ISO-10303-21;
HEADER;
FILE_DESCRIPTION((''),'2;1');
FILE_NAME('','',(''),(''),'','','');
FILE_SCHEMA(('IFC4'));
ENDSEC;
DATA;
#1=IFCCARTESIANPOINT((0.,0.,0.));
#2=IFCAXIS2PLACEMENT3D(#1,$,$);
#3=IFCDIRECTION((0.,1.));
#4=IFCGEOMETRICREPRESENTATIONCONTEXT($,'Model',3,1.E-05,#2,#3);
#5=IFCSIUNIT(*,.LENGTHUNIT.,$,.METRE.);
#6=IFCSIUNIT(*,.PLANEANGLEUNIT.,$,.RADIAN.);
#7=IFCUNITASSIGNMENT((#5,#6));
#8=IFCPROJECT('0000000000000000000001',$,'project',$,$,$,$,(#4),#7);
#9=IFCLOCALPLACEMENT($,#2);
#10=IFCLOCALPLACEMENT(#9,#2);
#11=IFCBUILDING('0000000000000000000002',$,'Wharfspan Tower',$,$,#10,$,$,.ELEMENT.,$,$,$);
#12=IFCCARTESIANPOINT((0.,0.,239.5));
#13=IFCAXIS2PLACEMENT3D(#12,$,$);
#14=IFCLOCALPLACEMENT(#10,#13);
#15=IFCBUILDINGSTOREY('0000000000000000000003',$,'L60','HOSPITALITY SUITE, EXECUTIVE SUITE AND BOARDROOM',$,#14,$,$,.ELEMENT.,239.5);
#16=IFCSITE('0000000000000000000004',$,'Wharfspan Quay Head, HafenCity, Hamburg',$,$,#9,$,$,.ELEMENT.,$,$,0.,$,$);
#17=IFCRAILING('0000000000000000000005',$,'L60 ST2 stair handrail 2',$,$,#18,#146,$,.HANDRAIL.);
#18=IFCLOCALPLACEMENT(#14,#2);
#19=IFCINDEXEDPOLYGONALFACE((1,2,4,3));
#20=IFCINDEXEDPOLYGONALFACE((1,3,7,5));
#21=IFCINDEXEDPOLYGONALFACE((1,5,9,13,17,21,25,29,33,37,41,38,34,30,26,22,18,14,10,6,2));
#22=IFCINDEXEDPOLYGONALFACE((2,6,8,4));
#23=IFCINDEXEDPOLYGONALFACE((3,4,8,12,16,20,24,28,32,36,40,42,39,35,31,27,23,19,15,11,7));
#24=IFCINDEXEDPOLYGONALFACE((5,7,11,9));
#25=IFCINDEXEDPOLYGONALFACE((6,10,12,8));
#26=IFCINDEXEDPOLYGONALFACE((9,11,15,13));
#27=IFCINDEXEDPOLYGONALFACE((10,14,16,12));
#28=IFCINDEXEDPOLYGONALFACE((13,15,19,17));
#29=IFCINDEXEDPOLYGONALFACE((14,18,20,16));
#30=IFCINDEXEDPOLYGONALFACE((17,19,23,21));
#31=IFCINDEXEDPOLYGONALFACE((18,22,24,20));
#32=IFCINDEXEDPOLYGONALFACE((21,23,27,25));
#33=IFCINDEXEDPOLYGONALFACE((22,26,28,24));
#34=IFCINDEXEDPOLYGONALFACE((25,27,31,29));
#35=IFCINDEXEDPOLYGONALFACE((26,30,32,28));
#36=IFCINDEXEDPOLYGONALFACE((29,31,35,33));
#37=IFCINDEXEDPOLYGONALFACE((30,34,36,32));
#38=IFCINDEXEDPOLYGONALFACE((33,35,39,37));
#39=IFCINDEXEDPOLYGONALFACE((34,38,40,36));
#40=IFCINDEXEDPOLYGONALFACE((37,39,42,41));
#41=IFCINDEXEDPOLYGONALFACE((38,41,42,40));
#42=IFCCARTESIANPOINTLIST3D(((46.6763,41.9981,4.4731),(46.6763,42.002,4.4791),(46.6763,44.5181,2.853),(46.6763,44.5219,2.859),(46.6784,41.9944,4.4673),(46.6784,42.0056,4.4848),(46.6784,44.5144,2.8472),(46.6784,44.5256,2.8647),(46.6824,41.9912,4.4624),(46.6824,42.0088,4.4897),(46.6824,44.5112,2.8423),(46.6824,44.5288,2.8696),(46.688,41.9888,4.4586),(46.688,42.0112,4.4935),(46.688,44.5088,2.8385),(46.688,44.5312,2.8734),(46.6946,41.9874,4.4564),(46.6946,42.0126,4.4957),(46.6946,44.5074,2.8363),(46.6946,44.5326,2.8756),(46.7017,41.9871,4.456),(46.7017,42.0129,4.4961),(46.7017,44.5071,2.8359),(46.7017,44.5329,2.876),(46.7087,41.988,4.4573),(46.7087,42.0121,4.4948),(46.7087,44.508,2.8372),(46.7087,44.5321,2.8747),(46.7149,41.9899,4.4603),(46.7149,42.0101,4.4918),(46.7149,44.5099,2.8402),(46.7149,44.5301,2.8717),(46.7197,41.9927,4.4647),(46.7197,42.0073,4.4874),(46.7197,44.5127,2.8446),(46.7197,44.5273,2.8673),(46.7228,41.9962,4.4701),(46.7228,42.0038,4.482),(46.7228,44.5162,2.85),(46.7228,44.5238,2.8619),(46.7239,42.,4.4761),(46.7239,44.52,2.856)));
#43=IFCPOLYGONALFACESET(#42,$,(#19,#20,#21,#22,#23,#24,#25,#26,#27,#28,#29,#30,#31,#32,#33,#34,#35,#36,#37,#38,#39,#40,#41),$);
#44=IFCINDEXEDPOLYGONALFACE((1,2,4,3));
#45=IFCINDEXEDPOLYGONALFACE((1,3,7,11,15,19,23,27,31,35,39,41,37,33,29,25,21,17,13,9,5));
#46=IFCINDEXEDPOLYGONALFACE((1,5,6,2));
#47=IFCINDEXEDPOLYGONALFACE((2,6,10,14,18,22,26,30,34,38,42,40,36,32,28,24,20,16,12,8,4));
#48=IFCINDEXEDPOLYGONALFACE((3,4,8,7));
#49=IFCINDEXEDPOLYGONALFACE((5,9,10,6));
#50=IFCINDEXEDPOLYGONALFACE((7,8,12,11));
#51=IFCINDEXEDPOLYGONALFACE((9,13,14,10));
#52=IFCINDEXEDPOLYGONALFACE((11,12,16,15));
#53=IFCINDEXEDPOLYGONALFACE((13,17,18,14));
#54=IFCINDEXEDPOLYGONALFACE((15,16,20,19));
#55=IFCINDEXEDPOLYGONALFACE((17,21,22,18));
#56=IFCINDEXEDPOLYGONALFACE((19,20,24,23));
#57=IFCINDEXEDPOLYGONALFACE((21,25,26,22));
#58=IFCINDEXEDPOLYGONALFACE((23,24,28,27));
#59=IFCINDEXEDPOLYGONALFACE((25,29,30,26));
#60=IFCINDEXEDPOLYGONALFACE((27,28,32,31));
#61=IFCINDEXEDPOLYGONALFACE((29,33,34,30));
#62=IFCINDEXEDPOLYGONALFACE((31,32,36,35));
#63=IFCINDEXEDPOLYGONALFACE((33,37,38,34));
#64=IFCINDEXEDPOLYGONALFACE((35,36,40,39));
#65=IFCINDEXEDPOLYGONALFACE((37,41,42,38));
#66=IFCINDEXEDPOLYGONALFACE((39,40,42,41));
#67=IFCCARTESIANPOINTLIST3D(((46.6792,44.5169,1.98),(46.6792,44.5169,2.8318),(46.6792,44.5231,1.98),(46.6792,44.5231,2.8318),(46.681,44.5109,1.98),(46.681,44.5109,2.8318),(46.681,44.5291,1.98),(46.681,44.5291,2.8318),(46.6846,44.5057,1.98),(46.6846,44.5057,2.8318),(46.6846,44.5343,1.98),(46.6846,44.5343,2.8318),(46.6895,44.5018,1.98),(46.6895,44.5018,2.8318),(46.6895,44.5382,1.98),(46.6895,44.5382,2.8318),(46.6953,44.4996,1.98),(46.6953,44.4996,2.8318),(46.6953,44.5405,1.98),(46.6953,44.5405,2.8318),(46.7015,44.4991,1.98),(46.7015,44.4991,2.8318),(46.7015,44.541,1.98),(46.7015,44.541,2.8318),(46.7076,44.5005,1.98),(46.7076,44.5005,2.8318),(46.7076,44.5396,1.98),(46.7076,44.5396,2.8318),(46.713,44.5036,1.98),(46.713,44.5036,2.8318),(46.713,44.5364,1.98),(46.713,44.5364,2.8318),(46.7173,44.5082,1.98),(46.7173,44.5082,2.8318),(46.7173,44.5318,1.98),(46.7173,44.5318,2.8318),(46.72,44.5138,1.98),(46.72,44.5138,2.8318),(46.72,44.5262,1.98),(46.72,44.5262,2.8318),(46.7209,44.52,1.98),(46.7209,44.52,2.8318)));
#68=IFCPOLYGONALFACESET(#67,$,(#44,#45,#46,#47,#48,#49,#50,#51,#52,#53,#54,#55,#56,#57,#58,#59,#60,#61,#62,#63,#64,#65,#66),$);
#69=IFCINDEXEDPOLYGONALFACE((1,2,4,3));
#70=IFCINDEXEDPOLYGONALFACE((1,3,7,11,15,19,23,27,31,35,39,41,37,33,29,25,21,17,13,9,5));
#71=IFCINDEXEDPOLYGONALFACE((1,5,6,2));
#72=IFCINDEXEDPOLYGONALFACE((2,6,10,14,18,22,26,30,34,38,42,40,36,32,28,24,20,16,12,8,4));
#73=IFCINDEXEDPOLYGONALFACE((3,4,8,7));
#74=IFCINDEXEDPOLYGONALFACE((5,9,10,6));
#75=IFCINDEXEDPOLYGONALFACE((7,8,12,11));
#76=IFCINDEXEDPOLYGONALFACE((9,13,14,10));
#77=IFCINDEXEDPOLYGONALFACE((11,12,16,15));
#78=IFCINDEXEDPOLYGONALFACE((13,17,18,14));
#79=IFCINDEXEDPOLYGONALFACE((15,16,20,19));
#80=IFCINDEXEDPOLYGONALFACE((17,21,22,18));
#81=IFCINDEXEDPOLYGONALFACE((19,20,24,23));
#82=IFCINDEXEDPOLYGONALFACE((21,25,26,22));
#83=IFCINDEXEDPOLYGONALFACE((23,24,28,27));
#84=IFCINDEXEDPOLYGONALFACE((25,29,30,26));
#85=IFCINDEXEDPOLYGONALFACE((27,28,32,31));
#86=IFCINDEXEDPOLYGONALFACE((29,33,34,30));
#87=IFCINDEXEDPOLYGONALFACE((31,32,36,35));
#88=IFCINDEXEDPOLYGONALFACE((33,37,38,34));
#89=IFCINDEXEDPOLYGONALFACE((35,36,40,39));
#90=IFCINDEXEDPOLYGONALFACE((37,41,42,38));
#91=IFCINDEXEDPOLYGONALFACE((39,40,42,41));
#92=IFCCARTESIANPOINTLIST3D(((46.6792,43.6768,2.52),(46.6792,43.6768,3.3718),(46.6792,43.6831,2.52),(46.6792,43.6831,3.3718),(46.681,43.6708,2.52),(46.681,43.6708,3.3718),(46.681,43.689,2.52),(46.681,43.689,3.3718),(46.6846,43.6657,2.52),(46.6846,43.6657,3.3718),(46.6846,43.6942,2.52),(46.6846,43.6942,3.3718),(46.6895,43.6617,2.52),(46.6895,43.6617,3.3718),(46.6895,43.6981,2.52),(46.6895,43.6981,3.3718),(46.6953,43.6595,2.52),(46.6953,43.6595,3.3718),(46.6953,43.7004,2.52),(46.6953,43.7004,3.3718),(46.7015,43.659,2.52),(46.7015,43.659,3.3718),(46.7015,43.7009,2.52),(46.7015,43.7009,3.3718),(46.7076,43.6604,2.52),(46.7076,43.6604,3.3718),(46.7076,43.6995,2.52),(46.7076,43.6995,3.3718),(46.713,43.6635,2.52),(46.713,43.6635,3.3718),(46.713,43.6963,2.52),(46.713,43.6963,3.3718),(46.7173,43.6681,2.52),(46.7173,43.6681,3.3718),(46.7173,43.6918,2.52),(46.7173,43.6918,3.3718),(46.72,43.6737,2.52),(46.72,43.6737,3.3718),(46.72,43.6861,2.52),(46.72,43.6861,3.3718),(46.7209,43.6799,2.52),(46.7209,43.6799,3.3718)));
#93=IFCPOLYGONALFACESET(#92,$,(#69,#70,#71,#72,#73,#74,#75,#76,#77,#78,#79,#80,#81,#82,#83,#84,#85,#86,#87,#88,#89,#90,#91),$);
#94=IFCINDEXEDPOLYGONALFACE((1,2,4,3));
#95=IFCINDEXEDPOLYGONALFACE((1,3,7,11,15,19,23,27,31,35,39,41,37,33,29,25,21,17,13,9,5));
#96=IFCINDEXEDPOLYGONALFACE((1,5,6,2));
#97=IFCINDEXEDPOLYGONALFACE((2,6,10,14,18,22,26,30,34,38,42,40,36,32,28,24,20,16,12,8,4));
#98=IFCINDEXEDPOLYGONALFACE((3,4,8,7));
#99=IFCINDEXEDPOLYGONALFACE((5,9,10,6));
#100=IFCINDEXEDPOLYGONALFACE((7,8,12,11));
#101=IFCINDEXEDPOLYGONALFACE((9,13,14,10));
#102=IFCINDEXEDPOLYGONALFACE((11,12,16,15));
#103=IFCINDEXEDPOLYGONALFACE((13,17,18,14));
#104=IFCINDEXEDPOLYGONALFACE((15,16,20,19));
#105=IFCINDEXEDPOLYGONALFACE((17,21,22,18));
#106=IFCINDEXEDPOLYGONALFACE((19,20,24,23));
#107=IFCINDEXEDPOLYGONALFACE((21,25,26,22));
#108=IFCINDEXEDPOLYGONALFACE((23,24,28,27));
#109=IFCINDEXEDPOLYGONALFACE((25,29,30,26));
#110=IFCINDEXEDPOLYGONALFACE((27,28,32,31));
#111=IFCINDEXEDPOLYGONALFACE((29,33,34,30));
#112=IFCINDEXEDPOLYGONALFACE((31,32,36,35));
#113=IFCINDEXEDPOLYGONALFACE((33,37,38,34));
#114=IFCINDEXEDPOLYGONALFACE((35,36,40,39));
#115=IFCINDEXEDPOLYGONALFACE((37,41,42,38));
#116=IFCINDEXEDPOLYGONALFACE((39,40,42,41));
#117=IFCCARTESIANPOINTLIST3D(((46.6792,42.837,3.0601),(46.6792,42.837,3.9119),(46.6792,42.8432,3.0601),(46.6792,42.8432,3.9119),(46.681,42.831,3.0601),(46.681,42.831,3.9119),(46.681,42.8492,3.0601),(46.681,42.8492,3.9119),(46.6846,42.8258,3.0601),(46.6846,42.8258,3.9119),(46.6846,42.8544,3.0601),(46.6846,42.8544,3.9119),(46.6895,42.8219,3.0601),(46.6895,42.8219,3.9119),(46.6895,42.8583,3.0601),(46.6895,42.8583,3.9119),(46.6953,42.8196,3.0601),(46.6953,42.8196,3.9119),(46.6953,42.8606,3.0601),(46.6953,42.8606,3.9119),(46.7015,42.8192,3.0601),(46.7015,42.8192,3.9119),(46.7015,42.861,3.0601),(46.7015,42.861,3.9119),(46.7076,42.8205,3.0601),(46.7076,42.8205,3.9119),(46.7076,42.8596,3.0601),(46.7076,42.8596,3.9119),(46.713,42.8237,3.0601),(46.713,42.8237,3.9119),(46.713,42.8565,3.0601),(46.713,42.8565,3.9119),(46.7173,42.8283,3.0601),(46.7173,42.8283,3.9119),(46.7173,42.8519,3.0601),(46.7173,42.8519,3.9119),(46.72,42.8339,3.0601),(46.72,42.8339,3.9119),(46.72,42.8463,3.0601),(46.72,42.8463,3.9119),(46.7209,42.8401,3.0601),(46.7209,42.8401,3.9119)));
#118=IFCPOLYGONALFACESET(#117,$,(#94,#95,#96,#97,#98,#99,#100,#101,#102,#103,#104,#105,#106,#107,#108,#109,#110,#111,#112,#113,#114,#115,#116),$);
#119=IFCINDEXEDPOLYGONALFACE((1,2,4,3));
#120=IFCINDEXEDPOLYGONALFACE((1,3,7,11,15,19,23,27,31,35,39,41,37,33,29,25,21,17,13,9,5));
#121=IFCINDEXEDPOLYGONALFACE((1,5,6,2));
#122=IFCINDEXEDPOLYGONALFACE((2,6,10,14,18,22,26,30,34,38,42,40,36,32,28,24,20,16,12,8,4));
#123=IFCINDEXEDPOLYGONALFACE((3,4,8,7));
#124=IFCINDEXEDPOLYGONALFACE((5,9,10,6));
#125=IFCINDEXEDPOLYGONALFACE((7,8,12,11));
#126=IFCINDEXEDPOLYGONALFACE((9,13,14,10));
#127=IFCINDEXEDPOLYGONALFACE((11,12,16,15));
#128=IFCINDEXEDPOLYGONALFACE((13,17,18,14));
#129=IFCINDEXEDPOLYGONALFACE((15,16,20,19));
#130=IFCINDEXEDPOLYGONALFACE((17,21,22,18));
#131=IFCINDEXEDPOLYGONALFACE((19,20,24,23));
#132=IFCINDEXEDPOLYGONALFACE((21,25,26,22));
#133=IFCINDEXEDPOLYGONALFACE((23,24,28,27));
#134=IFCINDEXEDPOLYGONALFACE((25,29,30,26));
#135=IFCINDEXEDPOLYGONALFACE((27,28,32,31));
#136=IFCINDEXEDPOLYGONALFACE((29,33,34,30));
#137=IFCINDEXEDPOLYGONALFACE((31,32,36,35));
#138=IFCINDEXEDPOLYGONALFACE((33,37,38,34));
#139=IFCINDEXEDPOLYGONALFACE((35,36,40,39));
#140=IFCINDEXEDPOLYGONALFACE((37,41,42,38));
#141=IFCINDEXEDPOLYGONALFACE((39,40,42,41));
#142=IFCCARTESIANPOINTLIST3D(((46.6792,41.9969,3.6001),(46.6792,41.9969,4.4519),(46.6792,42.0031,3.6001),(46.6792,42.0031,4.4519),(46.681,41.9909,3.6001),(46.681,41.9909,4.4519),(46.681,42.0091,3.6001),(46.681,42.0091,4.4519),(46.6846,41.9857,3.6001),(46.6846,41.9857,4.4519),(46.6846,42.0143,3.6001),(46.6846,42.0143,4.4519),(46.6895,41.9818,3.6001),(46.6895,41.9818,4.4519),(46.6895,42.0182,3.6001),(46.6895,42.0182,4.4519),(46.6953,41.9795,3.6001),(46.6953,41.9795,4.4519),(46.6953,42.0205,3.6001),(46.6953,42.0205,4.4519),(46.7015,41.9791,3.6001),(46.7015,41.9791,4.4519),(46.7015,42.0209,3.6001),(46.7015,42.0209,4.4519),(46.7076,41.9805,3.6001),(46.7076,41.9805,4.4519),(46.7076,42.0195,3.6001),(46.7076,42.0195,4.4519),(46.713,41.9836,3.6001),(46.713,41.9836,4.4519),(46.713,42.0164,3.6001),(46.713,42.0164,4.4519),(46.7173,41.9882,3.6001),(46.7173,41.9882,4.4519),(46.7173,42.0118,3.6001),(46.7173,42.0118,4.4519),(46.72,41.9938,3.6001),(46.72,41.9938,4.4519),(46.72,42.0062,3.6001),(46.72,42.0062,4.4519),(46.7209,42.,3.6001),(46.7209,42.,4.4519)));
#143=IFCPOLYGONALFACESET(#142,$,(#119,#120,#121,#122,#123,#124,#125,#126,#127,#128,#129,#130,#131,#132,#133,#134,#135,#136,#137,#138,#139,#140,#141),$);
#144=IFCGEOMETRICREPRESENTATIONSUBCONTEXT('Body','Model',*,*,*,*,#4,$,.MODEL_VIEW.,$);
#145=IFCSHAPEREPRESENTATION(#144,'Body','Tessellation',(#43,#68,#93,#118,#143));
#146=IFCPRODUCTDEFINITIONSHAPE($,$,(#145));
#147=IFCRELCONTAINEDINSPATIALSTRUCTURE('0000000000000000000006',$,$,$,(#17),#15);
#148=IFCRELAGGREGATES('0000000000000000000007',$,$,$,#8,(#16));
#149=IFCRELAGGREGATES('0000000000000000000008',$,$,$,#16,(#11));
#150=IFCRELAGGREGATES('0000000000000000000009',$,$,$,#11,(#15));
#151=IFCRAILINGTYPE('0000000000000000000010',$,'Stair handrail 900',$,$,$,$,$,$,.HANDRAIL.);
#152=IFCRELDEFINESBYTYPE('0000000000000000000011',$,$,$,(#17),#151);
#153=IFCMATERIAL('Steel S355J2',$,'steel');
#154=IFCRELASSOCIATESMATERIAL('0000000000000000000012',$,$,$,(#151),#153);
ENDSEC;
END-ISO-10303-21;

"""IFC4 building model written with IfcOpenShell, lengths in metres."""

from ifc_helpers import new_model, si_unit, direction, frame, origin, origin_2d, place, context, subcontext, project, spatial, circle, extrude, material, type_object, element, save


model = new_model("IFC4")

# Units and contexts
model_context = context("Model", 3, precision=1e-05, world=origin(), true_north=direction((0.0, 1.0)))
body_context = subcontext(model_context, "Body", "Model", "MODEL_VIEW")
ifc_project = project(units=[si_unit("LENGTHUNIT", "METRE"), si_unit("PLANEANGLEUNIT", "RADIAN")], contexts=[model_context])

# Site, building, storey
site_placement = place(None, origin())
site = spatial("IfcSite", under=ifc_project, at=site_placement, Name="Wharfspan Quay Head, HafenCity, Hamburg", CompositionType="ELEMENT", RefElevation=0.0)
building_placement = place(site_placement, origin())
building = spatial("IfcBuilding", under=site, at=building_placement, Name="Wharfspan Tower", CompositionType="ELEMENT")
storey_placement = place(building_placement, frame((0.0, 0.0, 239.5)))
storey = spatial("IfcBuildingStorey", under=building, at=storey_placement, Name="L60", Description="HOSPITALITY SUITE, EXECUTIVE SUITE AND BOARDROOM", CompositionType="ELEMENT", Elevation=239.5)

# Shared definitions
ifc_material_1 = material(Name="Steel S355J2", Category="steel")

# Railing
railing_type_1 = type_object("IfcRailingType", Name="Stair handrail 900", PredefinedType="HANDRAIL", material=ifc_material_1)
railing_1_placement = place(storey_placement, frame((46.7, 44.52, 1.98)))
element("IfcRailing", 1, at=railing_1_placement, inside=storey, type_object=railing_type_1, Name="L60 ST2 stair handrail 2", PredefinedType="HANDRAIL", context=body_context, shape_type="SweptSolid", body=[
    extrude(circle(Radius=0.0239, at=origin_2d()), frame((0.0, 0.0, 0.876), z_axis=(0.0, -0.841163, 0.540782), x_axis=(1.0, 0.0, 0.0)), (0.0, 0.0, 1.0), 2.9958),
    extrude(circle(Radius=0.021, at=origin_2d()), origin(), (0.0, 0.0, 1.0), 0.8518),
    extrude(circle(Radius=0.021, at=origin_2d()), frame((0.0, -0.8401, 0.54)), (0.0, 0.0, 1.0), 0.8518),
    extrude(circle(Radius=0.021, at=origin_2d()), frame((0.0, -1.6799, 1.0801)), (0.0, 0.0, 1.0), 0.8518),
    extrude(circle(Radius=0.021, at=origin_2d()), frame((0.0, -2.52, 1.6201)), (0.0, 0.0, 1.0), 0.8518),
])

save(model, "model.ifc")
